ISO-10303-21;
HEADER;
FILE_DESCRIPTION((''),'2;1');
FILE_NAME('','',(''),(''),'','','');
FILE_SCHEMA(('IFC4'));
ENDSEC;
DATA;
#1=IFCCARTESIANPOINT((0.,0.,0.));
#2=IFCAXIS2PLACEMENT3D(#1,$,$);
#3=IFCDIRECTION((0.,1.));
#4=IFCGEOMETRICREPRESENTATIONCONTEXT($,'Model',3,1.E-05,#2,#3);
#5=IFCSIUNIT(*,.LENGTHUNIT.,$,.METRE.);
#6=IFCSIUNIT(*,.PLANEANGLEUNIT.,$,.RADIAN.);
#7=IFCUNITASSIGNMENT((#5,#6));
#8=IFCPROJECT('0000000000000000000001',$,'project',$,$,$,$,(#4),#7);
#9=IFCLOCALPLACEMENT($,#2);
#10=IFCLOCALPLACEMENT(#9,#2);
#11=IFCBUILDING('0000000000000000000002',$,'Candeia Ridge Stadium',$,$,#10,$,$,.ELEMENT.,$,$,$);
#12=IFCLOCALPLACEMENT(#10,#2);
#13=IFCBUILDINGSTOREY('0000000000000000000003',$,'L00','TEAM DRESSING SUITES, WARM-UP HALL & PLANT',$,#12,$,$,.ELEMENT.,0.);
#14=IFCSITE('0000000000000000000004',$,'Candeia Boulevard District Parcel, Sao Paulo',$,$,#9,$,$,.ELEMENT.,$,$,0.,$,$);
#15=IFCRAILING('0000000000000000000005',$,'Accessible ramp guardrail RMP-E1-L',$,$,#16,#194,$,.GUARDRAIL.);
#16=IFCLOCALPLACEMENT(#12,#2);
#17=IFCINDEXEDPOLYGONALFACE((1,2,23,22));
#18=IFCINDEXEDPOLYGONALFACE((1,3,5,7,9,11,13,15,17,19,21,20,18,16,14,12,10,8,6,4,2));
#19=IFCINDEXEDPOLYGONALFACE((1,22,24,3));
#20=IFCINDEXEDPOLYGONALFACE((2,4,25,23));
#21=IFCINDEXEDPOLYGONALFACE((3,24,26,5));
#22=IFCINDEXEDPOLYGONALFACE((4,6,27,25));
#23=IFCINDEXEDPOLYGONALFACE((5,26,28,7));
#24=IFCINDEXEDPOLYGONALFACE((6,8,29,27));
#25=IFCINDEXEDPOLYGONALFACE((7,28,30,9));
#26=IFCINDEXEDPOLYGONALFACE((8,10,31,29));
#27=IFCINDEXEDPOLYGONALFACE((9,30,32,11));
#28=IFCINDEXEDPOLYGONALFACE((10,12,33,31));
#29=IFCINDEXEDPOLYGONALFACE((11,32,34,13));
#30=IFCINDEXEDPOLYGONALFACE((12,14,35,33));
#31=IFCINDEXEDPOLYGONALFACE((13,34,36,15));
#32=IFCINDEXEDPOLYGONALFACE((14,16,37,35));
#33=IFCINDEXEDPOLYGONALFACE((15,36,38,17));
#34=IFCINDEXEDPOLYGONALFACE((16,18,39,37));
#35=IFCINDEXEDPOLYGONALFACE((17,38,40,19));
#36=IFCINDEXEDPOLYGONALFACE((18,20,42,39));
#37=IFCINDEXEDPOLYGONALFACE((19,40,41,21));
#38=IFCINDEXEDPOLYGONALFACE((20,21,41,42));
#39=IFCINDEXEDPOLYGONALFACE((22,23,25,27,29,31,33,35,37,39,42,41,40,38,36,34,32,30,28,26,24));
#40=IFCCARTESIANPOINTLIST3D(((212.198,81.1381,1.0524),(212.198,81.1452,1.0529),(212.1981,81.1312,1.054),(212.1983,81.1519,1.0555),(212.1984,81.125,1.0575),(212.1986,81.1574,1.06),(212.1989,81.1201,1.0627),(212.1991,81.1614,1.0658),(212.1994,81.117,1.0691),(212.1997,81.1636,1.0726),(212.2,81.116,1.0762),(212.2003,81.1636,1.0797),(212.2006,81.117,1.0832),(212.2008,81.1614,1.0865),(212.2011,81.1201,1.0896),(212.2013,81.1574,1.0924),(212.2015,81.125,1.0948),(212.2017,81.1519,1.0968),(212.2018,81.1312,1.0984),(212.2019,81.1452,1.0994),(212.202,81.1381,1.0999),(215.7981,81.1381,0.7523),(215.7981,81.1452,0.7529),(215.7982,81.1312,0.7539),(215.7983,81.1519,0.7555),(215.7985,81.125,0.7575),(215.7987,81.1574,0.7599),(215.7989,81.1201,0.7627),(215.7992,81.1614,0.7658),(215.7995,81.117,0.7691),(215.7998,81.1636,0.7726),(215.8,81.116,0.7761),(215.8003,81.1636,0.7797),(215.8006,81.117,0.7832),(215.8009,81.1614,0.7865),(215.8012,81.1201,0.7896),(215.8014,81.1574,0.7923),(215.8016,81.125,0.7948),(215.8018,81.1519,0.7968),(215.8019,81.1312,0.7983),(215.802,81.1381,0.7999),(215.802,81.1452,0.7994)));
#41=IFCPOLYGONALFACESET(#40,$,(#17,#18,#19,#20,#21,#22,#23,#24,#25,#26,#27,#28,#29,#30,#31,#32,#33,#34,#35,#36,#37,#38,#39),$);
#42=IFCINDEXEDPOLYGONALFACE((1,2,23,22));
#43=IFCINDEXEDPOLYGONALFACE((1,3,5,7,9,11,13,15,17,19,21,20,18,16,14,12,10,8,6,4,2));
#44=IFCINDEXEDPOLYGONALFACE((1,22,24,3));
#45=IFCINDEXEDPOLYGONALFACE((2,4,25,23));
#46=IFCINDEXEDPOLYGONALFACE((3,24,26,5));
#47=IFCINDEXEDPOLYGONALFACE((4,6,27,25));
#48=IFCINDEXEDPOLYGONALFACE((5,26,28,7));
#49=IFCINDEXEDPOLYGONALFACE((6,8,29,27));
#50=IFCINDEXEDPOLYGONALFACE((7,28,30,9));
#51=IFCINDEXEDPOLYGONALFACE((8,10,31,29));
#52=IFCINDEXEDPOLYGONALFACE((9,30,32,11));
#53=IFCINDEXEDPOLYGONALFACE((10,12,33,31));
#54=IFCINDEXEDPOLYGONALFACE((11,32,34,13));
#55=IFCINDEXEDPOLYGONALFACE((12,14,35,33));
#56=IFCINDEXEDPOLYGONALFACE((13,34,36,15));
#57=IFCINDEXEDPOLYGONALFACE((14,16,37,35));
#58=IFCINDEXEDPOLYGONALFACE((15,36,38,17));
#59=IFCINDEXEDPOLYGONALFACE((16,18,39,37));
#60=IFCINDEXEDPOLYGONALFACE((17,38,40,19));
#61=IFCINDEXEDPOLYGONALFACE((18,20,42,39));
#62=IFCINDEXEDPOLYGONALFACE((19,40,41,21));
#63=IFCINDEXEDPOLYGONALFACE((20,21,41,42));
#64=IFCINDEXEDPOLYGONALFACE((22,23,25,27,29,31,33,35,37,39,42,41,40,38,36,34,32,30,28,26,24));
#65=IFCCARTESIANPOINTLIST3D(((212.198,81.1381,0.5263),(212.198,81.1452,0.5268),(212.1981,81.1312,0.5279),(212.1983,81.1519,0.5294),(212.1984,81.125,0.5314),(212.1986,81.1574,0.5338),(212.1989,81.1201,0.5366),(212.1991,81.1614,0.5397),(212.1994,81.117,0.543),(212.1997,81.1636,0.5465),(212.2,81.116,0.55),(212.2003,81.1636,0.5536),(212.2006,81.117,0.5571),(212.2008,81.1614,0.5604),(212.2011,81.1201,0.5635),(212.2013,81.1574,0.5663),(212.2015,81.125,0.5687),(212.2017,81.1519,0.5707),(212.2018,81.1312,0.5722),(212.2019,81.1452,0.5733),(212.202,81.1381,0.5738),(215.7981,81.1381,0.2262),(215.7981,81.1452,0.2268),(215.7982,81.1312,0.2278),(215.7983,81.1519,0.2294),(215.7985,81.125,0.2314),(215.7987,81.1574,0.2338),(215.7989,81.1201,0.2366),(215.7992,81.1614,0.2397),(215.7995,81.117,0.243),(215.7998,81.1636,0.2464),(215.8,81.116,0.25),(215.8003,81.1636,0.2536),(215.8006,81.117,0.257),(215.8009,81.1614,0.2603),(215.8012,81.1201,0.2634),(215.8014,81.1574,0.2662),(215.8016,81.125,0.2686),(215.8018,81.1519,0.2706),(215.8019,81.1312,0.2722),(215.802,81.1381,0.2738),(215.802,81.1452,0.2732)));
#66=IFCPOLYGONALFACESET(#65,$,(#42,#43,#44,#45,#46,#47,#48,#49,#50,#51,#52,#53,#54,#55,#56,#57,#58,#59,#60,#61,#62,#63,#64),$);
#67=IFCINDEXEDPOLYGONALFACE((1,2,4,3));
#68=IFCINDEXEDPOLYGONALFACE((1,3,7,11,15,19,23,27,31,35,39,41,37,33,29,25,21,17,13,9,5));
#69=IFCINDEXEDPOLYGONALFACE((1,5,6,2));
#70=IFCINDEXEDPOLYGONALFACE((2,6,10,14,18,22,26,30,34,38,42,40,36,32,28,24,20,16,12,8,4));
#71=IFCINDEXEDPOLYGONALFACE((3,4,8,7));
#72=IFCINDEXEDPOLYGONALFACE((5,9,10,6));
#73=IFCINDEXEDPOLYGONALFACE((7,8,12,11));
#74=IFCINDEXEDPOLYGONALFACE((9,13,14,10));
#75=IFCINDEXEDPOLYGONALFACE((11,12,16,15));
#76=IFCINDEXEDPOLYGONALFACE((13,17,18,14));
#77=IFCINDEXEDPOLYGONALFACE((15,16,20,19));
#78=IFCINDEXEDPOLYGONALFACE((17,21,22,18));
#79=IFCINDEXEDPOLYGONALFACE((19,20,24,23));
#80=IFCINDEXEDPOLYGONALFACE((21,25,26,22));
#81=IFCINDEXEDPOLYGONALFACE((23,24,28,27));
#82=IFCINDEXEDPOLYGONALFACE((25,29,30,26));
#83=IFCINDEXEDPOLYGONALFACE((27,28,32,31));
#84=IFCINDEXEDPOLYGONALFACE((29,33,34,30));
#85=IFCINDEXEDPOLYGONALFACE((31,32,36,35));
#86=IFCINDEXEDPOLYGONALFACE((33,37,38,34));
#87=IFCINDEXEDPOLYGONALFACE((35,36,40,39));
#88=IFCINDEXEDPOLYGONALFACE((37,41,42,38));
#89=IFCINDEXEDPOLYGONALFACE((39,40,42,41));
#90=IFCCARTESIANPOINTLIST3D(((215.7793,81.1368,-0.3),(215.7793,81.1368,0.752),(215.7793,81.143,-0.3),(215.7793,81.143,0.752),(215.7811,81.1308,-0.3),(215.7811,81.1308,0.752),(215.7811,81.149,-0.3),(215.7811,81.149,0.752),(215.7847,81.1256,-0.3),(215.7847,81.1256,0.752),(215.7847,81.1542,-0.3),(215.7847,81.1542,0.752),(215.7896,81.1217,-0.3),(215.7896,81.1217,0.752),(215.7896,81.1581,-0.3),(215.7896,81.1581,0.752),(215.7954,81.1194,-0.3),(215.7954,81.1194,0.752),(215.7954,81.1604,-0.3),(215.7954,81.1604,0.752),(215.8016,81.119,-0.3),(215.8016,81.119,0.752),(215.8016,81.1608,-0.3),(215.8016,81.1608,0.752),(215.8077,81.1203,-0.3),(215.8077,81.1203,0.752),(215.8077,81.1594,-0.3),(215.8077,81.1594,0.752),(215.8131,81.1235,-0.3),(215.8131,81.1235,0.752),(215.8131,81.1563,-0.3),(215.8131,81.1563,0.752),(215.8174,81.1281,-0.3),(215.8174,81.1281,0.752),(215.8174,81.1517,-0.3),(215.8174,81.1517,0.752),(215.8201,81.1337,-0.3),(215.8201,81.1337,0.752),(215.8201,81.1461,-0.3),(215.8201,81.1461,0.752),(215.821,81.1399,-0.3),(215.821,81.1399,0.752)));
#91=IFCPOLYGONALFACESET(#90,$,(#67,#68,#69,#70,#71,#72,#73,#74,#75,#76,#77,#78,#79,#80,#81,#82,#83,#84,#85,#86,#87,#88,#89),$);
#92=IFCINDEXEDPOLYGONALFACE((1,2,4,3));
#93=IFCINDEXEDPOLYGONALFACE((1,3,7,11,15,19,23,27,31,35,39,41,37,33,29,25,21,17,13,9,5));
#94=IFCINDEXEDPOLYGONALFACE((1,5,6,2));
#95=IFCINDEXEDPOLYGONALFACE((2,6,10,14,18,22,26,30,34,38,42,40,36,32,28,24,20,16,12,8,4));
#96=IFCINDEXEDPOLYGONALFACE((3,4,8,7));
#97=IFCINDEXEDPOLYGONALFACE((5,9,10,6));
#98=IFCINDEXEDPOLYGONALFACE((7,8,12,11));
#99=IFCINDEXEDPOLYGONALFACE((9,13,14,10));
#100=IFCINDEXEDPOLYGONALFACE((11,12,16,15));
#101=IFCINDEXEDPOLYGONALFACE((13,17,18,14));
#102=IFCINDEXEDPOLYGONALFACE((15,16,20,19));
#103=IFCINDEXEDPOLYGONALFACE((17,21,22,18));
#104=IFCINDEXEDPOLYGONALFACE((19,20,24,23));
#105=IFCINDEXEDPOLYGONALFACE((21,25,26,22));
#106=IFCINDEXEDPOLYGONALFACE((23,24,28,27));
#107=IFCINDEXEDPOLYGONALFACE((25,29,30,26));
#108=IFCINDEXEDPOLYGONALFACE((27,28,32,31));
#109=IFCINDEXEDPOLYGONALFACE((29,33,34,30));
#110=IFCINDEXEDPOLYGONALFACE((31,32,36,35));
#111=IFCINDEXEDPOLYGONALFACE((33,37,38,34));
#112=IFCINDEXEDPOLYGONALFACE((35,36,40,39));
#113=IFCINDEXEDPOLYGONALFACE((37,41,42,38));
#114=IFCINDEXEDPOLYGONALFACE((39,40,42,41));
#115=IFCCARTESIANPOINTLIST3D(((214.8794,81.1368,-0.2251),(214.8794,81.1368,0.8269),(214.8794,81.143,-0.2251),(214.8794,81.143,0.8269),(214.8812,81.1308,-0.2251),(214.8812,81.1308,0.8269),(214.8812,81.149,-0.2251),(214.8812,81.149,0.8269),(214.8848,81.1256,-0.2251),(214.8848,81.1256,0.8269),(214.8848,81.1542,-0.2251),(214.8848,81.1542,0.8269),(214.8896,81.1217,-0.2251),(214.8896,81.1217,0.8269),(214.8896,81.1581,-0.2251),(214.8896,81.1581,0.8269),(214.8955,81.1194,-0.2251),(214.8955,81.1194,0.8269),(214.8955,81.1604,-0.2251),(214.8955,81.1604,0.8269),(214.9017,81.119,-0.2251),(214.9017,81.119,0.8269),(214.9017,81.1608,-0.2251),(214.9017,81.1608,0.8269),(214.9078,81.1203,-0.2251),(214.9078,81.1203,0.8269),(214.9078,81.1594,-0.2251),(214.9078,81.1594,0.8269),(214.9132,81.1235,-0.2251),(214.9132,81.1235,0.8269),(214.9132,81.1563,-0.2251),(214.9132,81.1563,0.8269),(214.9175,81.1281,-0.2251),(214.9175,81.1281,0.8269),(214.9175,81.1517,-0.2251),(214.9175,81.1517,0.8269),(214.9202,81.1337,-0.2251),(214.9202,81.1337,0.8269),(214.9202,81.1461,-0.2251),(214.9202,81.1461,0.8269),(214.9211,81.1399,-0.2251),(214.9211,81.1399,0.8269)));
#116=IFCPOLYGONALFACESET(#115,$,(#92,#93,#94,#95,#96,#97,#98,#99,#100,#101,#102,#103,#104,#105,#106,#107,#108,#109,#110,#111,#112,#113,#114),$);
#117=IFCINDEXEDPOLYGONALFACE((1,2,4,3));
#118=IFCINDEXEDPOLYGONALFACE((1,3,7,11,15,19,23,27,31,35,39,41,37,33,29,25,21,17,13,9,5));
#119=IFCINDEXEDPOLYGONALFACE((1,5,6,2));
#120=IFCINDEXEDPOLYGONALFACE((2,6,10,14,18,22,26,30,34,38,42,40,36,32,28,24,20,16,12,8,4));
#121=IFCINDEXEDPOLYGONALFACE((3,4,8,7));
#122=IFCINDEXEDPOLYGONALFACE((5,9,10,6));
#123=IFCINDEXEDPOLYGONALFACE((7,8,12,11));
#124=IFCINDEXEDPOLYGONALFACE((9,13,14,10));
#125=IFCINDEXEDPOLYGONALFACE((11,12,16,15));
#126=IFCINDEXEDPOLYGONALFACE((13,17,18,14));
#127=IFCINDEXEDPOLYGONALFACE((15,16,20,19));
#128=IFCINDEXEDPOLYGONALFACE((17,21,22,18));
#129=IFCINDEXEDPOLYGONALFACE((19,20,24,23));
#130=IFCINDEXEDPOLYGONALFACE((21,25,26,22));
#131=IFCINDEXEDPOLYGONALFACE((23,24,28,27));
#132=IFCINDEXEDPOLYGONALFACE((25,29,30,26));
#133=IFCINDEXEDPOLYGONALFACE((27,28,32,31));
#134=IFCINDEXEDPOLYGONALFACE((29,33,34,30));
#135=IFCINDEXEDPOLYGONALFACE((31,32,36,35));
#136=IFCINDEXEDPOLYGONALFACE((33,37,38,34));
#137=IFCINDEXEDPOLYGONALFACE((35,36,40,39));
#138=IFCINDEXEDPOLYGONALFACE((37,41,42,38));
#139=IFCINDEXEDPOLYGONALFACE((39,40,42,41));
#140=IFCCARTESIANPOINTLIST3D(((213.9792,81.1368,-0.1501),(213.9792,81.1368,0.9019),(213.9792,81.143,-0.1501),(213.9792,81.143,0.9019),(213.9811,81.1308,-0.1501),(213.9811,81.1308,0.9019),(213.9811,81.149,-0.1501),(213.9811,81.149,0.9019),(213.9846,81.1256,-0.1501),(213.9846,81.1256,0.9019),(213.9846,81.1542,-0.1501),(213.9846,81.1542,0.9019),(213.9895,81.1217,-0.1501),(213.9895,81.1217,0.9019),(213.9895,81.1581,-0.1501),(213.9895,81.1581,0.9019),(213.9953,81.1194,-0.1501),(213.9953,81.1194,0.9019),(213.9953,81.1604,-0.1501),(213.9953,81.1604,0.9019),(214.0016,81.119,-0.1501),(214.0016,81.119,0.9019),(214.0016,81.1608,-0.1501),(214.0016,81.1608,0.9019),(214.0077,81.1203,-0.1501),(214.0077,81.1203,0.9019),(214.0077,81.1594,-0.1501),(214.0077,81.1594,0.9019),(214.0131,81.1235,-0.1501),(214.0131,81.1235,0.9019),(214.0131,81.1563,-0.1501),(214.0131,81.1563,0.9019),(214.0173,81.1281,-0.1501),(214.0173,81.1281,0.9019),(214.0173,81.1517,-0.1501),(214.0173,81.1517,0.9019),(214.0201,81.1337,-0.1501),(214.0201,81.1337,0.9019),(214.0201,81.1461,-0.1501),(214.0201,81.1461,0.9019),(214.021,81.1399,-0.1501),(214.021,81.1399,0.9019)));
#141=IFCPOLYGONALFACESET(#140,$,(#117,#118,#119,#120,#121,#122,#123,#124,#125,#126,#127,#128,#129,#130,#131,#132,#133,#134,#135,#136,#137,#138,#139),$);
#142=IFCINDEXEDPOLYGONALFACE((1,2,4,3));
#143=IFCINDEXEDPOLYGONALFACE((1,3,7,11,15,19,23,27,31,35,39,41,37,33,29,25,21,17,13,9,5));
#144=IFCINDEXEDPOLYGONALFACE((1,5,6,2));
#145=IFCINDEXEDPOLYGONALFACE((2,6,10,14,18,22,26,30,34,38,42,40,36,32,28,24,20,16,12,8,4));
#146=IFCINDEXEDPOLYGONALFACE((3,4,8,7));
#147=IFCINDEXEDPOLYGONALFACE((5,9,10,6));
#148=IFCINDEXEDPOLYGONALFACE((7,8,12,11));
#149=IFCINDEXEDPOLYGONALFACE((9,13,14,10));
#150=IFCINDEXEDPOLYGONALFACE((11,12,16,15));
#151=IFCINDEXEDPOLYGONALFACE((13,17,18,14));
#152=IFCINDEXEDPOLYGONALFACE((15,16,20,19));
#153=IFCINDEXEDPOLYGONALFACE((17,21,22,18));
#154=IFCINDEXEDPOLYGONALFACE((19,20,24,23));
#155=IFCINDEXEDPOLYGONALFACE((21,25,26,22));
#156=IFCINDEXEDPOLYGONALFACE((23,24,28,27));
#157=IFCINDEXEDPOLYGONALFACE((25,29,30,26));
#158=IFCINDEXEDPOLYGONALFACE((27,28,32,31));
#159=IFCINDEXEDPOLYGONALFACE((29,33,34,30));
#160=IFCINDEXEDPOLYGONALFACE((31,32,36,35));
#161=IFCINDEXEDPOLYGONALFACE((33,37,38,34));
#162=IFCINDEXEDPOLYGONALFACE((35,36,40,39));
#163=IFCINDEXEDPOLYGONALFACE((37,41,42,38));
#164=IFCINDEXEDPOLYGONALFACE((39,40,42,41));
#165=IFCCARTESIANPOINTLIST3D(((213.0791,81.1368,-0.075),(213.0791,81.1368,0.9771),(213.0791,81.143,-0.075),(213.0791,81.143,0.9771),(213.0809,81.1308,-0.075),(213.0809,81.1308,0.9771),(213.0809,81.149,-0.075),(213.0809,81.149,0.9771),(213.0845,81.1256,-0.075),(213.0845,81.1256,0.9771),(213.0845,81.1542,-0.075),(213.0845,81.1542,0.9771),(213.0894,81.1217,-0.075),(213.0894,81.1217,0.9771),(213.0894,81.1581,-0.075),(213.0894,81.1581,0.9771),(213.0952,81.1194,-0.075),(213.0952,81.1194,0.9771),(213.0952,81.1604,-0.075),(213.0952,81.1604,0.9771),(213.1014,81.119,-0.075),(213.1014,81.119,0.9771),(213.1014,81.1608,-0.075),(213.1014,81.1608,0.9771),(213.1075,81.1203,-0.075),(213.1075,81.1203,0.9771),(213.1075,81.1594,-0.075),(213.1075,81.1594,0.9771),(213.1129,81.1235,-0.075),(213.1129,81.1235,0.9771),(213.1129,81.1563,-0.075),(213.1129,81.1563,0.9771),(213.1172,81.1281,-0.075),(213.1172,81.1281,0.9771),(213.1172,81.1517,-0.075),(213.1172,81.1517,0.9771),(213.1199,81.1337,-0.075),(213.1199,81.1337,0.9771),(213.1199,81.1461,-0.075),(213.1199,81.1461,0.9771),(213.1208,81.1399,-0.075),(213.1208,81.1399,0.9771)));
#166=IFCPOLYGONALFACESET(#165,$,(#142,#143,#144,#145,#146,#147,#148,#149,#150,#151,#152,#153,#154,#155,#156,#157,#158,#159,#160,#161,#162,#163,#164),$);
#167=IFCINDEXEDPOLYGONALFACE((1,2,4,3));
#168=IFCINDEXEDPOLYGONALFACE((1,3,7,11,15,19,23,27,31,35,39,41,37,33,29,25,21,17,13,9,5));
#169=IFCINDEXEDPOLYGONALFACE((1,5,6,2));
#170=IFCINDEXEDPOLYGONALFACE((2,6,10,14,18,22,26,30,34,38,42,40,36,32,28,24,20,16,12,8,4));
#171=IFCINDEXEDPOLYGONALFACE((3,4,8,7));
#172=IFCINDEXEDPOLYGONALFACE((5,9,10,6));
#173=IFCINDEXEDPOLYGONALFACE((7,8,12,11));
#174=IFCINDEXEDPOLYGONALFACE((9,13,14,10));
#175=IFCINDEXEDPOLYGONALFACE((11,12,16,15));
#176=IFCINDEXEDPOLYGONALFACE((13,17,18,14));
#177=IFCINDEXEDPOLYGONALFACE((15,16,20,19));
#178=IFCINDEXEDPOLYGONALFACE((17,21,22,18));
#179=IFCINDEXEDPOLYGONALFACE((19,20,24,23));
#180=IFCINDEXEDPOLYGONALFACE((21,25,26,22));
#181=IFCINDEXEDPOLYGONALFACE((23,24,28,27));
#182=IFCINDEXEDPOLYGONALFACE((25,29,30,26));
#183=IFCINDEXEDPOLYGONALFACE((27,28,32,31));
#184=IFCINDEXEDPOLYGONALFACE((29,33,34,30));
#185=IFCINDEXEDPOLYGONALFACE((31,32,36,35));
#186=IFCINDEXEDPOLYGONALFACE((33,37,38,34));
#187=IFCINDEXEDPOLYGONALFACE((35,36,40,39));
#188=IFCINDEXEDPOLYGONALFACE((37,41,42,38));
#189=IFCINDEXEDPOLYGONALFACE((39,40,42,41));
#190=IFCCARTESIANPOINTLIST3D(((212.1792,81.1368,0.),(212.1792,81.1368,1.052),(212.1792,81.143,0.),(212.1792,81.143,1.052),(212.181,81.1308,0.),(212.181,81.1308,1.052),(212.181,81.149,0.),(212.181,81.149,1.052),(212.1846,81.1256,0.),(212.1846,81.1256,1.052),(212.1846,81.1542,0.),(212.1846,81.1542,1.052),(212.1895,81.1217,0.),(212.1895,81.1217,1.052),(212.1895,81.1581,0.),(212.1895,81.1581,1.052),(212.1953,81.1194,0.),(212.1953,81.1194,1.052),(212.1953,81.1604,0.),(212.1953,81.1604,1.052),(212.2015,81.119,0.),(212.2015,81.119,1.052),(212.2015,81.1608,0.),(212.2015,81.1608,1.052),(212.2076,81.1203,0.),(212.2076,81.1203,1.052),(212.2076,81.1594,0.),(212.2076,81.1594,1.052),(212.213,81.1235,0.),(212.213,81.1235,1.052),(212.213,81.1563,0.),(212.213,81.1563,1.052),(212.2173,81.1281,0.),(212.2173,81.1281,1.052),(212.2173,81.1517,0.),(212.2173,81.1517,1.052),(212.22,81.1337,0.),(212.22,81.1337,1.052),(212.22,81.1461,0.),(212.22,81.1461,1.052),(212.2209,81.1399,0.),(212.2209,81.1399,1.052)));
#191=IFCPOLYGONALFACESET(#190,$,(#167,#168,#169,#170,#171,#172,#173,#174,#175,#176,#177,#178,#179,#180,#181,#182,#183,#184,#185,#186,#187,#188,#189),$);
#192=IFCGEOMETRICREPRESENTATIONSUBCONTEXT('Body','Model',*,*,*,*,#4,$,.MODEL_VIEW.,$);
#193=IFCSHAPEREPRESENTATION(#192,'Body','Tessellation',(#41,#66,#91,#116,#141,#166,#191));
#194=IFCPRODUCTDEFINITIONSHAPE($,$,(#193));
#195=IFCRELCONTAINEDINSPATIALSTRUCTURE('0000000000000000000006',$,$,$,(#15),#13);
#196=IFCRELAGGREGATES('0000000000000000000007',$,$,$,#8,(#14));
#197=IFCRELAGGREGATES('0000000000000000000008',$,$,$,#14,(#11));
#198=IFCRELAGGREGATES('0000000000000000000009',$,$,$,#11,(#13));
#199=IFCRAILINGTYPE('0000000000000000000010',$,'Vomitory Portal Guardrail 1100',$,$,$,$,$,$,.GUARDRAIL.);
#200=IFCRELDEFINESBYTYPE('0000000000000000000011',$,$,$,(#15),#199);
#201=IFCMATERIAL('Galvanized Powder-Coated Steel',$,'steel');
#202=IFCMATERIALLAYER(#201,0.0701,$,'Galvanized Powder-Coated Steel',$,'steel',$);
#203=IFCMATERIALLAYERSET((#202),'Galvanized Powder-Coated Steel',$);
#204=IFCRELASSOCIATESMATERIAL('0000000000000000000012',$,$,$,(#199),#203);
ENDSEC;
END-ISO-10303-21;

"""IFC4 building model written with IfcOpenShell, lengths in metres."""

from ifc_helpers import new_model, si_unit, direction, frame, origin, origin_2d, place, context, subcontext, project, spatial, circle, extrude, material, layer, layer_set, type_object, element, save


model = new_model("IFC4")

# Units and contexts
model_context = context("Model", 3, precision=1e-05, world=origin(), true_north=direction((0.0, 1.0)))
body_context = subcontext(model_context, "Body", "Model", "MODEL_VIEW")
ifc_project = project(units=[si_unit("LENGTHUNIT", "METRE"), si_unit("PLANEANGLEUNIT", "RADIAN")], contexts=[model_context])

# Site, building, storey
site_placement = place(None, origin())
site = spatial("IfcSite", under=ifc_project, at=site_placement, Name="Candeia Boulevard District Parcel, Sao Paulo", CompositionType="ELEMENT", RefElevation=0.0)
building_placement = place(site_placement, origin())
building = spatial("IfcBuilding", under=site, at=building_placement, Name="Candeia Ridge Stadium", CompositionType="ELEMENT")
storey_placement = place(building_placement, origin())
storey = spatial("IfcBuildingStorey", under=building, at=storey_placement, Name="L00", Description="TEAM DRESSING SUITES, WARM-UP HALL & PLANT", CompositionType="ELEMENT", Elevation=0.0)

# Railing
ifc_material_1 = material(Name="Galvanized Powder-Coated Steel", Category="steel")
ifc_layer_1 = layer(ifc_material_1, 0.0701, Name="Galvanized Powder-Coated Steel", Category="steel")
ifc_layer_set_1 = layer_set([ifc_layer_1], Name="Galvanized Powder-Coated Steel")
railing_type_1 = type_object("IfcRailingType", Name="Vomitory Portal Guardrail 1100", PredefinedType="GUARDRAIL", material=ifc_layer_set_1)
railing_1_placement = place(storey_placement, frame((215.8, 81.1399, -0.3)))
element("IfcRailing", 1, at=railing_1_placement, inside=storey, type_object=railing_type_1, Name="Accessible ramp guardrail RMP-E1-L", PredefinedType="GUARDRAIL", context=body_context, shape_type="SweptSolid", body=[
    extrude(circle(Radius=0.0239, at=origin_2d()), frame((0.0, 0.0, 1.0762), z_axis=(-0.996545, 0.0, 0.083057), x_axis=(0.0, -1.0, 0.0)), (0.0, 0.0, 1.0), 3.6125),
    extrude(circle(Radius=0.0239, at=origin_2d()), frame((0.0, 0.0, 0.55), z_axis=(-0.996545, 0.0, 0.083057), x_axis=(0.0, -1.0, 0.0)), (0.0, 0.0, 1.0), 3.6125),
    extrude(circle(Radius=0.021, at=origin_2d()), origin(), (0.0, 0.0, 1.0), 1.052),
    extrude(circle(Radius=0.021, at=origin_2d()), frame((-0.8999, 0.0, 0.075)), (0.0, 0.0, 1.0), 1.052),
    extrude(circle(Radius=0.021, at=origin_2d()), frame((-1.8, 0.0, 0.1499)), (0.0, 0.0, 1.0), 1.052),
    extrude(circle(Radius=0.021, at=origin_2d()), frame((-2.7002, 0.0, 0.2251)), (0.0, 0.0, 1.0), 1.052),
    extrude(circle(Radius=0.021, at=origin_2d()), frame((-3.6001, 0.0, 0.3)), (0.0, 0.0, 1.0), 1.052),
])

save(model, "model.ifc")
